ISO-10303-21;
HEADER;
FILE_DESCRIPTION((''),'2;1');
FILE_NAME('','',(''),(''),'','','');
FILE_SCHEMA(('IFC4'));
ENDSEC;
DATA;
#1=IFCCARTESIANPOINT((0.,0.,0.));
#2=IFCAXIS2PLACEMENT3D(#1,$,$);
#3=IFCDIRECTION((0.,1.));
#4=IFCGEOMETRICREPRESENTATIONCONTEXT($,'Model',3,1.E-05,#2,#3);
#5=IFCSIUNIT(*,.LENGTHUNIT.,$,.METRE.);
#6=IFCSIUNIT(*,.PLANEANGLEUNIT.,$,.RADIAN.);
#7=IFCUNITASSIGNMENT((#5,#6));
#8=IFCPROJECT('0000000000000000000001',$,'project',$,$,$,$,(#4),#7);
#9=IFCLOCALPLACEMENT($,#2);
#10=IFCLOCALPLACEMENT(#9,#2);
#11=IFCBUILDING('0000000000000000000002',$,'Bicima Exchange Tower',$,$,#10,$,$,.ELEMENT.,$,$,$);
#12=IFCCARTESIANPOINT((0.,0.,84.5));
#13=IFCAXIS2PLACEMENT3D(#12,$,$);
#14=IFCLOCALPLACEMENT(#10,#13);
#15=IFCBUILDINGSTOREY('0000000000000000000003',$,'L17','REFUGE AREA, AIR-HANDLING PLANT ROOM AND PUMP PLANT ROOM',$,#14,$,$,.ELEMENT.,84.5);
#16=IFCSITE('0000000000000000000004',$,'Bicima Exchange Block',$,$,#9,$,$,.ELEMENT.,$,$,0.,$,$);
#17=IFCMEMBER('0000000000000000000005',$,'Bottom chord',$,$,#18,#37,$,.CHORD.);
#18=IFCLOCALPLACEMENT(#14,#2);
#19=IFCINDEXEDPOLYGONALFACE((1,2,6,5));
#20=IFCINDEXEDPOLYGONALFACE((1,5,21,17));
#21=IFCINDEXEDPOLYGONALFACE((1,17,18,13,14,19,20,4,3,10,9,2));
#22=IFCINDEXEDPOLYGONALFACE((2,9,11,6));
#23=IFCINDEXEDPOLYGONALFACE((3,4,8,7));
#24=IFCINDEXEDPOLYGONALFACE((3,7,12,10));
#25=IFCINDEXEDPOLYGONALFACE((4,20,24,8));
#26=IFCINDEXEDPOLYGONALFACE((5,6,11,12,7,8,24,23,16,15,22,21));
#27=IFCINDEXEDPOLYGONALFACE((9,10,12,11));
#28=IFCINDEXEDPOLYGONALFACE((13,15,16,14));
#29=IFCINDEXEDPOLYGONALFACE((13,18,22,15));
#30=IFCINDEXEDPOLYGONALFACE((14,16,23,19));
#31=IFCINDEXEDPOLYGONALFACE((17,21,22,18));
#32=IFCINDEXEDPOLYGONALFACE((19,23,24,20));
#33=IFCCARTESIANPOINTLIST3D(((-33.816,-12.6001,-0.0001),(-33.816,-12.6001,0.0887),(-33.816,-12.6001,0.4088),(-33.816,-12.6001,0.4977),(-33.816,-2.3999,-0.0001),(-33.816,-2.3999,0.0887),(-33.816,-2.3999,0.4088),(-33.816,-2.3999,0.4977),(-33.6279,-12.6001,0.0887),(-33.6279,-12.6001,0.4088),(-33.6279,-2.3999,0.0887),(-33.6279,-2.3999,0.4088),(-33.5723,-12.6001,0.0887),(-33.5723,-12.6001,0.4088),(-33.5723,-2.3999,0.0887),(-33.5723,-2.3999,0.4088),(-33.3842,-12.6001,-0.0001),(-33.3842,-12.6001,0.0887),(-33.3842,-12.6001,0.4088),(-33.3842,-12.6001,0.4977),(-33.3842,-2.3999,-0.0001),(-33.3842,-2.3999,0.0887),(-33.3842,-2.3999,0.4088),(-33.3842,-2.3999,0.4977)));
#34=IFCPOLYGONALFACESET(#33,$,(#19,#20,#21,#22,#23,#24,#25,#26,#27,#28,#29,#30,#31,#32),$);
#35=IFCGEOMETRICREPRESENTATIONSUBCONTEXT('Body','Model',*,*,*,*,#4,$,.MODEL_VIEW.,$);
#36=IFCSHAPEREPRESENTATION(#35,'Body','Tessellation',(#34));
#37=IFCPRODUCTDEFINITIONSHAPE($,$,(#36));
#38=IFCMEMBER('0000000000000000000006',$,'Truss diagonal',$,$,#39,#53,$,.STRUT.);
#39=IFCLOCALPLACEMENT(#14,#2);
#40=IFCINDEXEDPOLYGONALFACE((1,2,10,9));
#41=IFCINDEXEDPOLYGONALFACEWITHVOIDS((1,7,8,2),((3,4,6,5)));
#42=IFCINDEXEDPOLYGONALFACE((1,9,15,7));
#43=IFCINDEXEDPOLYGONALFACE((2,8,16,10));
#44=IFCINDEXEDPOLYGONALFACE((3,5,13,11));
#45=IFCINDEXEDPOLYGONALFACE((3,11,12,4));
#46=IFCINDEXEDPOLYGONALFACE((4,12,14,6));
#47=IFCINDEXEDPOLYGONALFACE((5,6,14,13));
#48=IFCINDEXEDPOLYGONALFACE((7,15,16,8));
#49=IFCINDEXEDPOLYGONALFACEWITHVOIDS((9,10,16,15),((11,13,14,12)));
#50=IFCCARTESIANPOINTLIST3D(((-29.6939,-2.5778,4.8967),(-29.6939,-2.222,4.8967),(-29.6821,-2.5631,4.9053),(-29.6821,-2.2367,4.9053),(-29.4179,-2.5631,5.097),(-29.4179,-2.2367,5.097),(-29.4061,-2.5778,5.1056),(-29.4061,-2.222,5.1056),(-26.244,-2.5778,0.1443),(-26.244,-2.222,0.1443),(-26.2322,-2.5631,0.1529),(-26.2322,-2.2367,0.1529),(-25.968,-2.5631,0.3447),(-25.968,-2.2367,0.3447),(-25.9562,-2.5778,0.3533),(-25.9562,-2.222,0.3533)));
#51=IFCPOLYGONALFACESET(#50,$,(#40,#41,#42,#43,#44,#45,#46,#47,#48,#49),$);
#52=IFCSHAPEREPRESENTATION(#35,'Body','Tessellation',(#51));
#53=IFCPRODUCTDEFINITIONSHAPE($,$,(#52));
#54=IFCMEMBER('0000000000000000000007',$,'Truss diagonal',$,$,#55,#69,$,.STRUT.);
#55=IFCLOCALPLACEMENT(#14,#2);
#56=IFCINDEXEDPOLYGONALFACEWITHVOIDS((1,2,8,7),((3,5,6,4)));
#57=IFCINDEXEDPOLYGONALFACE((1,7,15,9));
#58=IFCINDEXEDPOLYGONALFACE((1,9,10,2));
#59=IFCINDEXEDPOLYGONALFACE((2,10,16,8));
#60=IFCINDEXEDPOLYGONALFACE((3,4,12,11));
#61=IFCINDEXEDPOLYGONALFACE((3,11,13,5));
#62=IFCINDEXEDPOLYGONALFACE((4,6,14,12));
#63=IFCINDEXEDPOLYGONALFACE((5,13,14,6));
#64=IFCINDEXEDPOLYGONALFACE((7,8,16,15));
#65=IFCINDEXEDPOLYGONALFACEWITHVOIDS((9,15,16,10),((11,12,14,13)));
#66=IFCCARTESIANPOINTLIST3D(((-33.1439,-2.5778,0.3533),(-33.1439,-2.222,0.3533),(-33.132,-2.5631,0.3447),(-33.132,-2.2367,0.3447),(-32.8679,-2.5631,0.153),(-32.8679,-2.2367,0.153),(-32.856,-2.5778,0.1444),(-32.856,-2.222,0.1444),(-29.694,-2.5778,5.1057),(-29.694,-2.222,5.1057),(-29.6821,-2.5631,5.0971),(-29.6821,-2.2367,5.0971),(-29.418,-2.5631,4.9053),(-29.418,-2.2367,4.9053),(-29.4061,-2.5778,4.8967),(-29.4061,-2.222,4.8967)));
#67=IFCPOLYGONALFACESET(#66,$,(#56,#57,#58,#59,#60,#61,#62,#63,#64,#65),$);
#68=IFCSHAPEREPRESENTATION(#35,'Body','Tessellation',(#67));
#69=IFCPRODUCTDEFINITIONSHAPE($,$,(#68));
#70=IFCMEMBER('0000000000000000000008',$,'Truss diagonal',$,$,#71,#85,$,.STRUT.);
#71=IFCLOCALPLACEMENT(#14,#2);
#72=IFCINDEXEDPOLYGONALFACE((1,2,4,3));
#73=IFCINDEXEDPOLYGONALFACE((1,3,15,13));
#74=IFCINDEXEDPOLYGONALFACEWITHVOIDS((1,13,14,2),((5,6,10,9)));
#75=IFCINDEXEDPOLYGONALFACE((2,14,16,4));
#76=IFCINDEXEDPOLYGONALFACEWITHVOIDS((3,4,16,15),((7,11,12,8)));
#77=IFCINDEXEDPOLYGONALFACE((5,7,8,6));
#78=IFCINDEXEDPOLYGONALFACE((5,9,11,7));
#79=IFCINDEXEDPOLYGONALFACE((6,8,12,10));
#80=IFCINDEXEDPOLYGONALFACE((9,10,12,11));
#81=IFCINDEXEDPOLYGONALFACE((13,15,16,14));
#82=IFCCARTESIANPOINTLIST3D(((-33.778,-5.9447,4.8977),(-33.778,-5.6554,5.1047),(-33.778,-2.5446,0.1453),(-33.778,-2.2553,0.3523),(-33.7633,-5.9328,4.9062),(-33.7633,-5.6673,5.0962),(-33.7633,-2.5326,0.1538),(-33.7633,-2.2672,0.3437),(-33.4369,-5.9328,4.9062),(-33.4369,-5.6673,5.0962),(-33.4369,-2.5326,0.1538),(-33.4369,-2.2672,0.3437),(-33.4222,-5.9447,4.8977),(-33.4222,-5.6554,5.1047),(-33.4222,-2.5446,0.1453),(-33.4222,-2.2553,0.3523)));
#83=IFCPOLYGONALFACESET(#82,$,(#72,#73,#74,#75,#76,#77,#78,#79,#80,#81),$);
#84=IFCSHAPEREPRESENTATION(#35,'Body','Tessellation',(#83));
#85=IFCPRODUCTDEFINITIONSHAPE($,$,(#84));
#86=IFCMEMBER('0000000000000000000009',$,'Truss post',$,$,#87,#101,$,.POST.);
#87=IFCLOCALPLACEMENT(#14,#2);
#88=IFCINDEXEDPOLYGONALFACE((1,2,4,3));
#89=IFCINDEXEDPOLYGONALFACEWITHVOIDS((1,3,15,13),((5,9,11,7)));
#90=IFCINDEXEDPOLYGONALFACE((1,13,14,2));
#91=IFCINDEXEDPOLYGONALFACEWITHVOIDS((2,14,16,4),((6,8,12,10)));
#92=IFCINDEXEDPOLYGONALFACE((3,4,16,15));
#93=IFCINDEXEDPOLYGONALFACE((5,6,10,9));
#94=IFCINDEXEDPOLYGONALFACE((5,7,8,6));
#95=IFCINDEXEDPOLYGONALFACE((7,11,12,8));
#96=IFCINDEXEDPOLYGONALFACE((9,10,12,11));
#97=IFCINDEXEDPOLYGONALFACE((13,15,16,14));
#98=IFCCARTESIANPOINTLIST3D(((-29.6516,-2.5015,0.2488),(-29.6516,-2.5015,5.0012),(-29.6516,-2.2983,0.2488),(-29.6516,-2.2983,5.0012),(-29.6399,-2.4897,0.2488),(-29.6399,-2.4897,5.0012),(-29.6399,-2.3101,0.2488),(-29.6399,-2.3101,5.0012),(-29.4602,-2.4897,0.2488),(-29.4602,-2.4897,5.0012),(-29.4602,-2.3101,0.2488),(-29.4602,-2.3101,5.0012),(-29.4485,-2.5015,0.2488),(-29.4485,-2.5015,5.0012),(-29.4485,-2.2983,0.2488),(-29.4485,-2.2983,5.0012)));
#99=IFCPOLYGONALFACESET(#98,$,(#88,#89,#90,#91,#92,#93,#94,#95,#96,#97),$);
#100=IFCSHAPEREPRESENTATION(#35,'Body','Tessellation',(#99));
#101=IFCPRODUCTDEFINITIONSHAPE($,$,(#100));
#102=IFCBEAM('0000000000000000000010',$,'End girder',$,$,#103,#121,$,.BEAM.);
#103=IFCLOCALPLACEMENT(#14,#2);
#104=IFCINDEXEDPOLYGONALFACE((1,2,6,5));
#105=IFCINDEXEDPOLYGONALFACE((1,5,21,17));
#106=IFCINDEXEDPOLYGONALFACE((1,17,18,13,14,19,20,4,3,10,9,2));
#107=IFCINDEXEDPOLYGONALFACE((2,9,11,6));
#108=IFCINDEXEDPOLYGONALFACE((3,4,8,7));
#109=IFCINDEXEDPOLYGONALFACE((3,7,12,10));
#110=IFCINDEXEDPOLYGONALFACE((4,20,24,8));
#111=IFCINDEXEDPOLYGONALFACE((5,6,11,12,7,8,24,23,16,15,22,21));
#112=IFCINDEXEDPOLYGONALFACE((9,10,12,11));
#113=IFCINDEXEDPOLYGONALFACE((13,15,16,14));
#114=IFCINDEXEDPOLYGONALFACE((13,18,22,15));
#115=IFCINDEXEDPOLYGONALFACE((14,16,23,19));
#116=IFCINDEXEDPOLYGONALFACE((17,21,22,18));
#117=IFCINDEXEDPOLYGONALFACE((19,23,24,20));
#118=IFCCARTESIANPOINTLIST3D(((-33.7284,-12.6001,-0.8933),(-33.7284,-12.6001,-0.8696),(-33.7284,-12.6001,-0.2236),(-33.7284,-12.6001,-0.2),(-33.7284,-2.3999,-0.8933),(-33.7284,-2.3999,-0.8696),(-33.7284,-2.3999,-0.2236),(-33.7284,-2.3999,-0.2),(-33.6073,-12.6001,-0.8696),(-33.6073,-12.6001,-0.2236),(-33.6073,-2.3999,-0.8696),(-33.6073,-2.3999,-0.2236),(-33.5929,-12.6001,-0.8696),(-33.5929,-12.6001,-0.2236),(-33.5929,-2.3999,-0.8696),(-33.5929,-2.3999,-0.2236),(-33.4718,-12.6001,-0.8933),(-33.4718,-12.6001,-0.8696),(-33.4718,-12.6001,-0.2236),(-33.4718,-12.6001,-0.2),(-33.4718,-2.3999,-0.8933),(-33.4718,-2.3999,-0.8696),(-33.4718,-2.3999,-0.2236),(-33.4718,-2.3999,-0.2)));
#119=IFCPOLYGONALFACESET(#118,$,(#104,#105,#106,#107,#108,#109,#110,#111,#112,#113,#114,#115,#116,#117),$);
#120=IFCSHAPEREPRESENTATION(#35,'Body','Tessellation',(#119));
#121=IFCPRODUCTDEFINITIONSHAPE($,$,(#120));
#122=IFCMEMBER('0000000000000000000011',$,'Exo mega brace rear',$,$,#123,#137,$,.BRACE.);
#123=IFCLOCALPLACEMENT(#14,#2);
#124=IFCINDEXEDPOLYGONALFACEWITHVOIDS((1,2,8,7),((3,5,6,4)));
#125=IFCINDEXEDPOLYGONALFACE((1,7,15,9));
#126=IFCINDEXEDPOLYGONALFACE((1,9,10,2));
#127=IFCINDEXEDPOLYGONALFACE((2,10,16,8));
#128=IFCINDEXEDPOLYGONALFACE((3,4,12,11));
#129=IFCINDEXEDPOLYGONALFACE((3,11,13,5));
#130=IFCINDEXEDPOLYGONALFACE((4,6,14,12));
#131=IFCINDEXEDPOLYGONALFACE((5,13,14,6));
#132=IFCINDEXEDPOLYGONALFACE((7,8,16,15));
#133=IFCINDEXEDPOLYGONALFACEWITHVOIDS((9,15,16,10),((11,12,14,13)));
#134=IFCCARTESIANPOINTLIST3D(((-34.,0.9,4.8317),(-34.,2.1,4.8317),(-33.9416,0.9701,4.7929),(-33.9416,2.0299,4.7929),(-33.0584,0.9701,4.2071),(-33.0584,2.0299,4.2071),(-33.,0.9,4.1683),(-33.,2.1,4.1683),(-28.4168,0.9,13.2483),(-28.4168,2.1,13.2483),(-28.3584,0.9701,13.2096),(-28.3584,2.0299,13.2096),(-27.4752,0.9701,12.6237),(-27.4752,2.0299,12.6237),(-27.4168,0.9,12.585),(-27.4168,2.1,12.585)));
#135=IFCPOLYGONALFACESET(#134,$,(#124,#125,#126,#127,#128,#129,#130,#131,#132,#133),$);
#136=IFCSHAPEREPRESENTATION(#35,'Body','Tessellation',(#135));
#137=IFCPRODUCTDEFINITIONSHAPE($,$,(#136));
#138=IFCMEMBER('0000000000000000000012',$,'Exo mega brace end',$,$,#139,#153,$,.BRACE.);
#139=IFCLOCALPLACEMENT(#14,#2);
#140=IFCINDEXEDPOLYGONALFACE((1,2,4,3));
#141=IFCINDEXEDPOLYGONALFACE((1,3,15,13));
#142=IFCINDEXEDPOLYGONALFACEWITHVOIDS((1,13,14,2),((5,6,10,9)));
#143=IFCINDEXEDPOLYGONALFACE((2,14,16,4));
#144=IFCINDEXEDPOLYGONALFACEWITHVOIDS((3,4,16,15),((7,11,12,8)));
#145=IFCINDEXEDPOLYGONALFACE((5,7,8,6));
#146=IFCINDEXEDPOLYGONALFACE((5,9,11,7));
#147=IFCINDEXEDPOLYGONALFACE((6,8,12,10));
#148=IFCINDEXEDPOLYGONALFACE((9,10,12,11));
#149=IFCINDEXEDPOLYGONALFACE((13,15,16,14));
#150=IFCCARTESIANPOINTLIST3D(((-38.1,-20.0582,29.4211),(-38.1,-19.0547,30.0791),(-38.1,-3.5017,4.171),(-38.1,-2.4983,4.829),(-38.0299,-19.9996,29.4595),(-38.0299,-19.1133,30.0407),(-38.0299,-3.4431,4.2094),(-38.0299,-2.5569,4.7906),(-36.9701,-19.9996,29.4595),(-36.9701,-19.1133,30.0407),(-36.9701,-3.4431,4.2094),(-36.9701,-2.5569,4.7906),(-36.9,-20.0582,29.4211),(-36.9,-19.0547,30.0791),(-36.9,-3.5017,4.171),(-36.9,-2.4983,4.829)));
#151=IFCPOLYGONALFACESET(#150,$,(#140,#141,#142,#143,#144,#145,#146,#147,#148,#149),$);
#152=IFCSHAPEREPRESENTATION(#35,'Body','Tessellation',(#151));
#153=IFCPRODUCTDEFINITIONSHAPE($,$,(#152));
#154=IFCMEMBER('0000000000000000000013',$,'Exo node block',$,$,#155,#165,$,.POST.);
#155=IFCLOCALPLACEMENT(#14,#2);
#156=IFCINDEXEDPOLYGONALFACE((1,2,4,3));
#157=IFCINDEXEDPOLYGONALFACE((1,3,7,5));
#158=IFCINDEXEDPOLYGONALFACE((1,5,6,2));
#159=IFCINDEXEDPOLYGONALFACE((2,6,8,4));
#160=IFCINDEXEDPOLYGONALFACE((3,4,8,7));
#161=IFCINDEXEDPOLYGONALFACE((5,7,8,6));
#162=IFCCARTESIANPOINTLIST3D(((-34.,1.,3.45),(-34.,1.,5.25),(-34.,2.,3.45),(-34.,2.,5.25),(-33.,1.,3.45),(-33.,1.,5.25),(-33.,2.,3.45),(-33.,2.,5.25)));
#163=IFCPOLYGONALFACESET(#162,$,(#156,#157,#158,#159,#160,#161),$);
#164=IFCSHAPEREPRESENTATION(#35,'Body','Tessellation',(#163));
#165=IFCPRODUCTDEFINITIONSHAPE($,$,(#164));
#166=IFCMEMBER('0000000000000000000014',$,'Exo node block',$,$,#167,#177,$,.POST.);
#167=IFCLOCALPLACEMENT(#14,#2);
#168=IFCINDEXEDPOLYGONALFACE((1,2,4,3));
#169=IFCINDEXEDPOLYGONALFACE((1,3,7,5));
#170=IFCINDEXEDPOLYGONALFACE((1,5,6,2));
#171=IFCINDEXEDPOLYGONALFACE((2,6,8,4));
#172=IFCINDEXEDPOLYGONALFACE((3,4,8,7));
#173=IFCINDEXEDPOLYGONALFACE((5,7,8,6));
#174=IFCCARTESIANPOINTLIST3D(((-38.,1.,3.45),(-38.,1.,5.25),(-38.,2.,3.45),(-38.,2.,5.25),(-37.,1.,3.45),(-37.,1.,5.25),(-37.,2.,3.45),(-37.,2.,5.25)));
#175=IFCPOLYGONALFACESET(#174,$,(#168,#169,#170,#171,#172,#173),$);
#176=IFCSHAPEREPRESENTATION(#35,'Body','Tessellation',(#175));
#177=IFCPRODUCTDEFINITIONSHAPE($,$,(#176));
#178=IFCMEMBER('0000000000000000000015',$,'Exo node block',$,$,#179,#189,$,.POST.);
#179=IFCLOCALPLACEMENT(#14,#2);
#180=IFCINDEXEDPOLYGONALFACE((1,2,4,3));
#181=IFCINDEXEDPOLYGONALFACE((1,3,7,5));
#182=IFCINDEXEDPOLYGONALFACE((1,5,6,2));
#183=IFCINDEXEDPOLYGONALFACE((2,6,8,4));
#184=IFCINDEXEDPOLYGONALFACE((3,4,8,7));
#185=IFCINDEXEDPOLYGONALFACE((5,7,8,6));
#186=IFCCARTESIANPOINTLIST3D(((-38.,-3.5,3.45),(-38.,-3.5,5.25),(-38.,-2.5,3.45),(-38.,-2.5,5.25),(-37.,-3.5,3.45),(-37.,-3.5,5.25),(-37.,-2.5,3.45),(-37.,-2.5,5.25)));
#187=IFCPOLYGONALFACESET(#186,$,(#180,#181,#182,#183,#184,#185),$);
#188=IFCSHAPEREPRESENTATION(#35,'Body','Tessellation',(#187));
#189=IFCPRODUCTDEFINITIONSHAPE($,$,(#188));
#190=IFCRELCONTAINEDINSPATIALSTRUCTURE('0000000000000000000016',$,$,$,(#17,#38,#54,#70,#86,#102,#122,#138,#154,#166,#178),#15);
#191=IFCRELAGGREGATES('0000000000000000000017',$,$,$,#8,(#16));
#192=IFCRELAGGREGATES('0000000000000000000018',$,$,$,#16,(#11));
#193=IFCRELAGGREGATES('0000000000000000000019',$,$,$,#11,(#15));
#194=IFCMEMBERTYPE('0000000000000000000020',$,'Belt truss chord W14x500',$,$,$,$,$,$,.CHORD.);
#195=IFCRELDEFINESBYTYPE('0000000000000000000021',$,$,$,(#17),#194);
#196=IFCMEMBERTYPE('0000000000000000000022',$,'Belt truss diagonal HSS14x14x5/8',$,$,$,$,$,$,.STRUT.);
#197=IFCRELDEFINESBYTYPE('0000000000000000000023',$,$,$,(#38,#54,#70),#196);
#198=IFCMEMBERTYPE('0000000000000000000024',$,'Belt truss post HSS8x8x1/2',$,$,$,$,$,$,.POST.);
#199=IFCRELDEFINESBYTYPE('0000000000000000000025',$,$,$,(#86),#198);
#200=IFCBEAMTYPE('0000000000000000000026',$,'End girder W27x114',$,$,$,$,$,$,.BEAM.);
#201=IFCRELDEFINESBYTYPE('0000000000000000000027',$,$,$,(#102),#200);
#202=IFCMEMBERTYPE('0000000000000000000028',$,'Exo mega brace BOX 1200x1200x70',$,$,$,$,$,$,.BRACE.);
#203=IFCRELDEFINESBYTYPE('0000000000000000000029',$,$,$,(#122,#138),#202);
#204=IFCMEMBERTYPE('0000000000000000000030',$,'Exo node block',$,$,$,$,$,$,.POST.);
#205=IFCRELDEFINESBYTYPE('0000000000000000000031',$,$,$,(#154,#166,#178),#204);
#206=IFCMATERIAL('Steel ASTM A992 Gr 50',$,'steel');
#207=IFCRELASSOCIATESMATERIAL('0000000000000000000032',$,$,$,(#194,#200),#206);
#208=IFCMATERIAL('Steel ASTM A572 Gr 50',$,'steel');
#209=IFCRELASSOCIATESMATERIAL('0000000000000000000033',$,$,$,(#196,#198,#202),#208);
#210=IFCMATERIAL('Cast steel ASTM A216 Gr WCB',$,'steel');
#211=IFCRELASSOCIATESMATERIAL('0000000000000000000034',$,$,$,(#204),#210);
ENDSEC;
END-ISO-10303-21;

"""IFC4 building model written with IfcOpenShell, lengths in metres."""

from ifc_helpers import new_model, si_unit, direction, frame, origin, origin_2d, place, context, subcontext, project, spatial, rectangle, hollow_rectangle, i_section, extrude, material, material_profile, profile_set, type_object, element, save


model = new_model("IFC4")

# Units and contexts
model_context = context("Model", 3, precision=1e-05, world=origin(), true_north=direction((0.0, 1.0)))
body_context = subcontext(model_context, "Body", "Model", "MODEL_VIEW")
ifc_project = project(units=[si_unit("LENGTHUNIT", "METRE"), si_unit("PLANEANGLEUNIT", "RADIAN")], contexts=[model_context])

# Site, building, storey
site_placement = place(None, origin())
site = spatial("IfcSite", under=ifc_project, at=site_placement, Name="Bicima Exchange Block", CompositionType="ELEMENT", RefElevation=0.0)
building_placement = place(site_placement, origin())
building = spatial("IfcBuilding", under=site, at=building_placement, Name="Bicima Exchange Tower", CompositionType="ELEMENT")
storey_placement = place(building_placement, frame((0.0, 0.0, 84.5)))
storey = spatial("IfcBuildingStorey", under=building, at=storey_placement, Name="L17", Description="REFUGE AREA, AIR-HANDLING PLANT ROOM AND PUMP PLANT ROOM", CompositionType="ELEMENT", Elevation=84.5)

# Shared definitions
ifc_material_1 = material(Name="Steel ASTM A572 Gr 50", Category="steel")
ifc_material_2 = material(Name="Steel ASTM A992 Gr 50", Category="steel")

# Members
ifc_material_profile_1 = material_profile(ifc_material_2, i_section(OverallWidth=0.4319, OverallDepth=0.4978, WebThickness=0.0557, FlangeThickness=0.0889, at=origin_2d()))
ifc_profile_set_1 = profile_set([ifc_material_profile_1], Name="Steel ASTM A992 Gr 50")
member_type_1 = type_object("IfcMemberType", Name="Belt truss chord W14x500", PredefinedType="CHORD", material=ifc_profile_set_1)
for number, where, z_axis, x_axis, name in (
    (1, (-33.6001, -2.3999, 0.2488), (0.0, -1.0, 0.0), (1.0, 0.0, 0.0), "Bottom chord"),
):
    element("IfcMember", number, at=place(storey_placement, frame(where, z_axis=z_axis, x_axis=x_axis)), inside=storey, type_object=member_type_1, Name=name, PredefinedType="CHORD", context=body_context, shape_type="SweptSolid", body=[
        extrude(i_section(OverallWidth=0.4319, OverallDepth=0.4978, WebThickness=0.0557, FlangeThickness=0.0889, at=origin_2d()), origin(), (0.0, 0.0, 1.0), 10.2002),
    ])
ifc_material_profile_2 = material_profile(ifc_material_1, hollow_rectangle(XDim=0.3557, YDim=0.3557, WallThickness=0.0146, at=origin_2d()))
ifc_profile_set_2 = profile_set([ifc_material_profile_2], Name="Steel ASTM A572 Gr 50")
member_type_2 = type_object("IfcMemberType", Name="Belt truss diagonal HSS14x14x5/8", PredefinedType="STRUT", material=ifc_profile_set_2)
for number, where, z_axis, x_axis, name in (
    (2, (-26.1001, -2.3999, 0.2488), (-0.587462, 0.0, 0.809252), (0.0, -1.0, 0.0), "Truss diagonal"),
    (3, (-29.55, -2.3999, 5.0012), (-0.587462, 0.0, -0.809252), (0.0, -1.0, 0.0), "Truss diagonal"),
):
    element("IfcMember", number, at=place(storey_placement, frame(where, z_axis=z_axis, x_axis=x_axis)), inside=storey, type_object=member_type_2, Name=name, PredefinedType="STRUT", context=body_context, shape_type="SweptSolid", body=[
        extrude(hollow_rectangle(XDim=0.3557, YDim=0.3557, WallThickness=0.0146, at=origin_2d()), origin(), (0.0, 0.0, 1.0), 5.8726),
    ])
member_1_placement = place(storey_placement, frame((-33.6001, -2.3999, 0.2488), z_axis=(0.0, -0.581866, 0.813284), x_axis=(1.0, 0.0, 0.0)))
element("IfcMember", 4, at=member_1_placement, inside=storey, type_object=member_type_2, Name="Truss diagonal", PredefinedType="STRUT", context=body_context, shape_type="SweptSolid", body=[
    extrude(hollow_rectangle(XDim=0.3557, YDim=0.3557, WallThickness=0.0146, at=origin_2d()), origin(), (0.0, 0.0, 1.0), 5.8435),
])
ifc_material_profile_3 = material_profile(ifc_material_1, hollow_rectangle(XDim=0.2031, YDim=0.2031, WallThickness=0.0117, at=origin_2d()))
ifc_profile_set_3 = profile_set([ifc_material_profile_3], Name="Steel ASTM A572 Gr 50")
member_type_3 = type_object("IfcMemberType", Name="Belt truss post HSS8x8x1/2", PredefinedType="POST", material=ifc_profile_set_3)
member_2_placement = place(storey_placement, frame((-29.55, -2.3999, 0.2488), z_axis=(0.0, 0.0, 1.0), x_axis=(1.0, 0.0, 0.0)))
element("IfcMember", 5, at=member_2_placement, inside=storey, type_object=member_type_3, Name="Truss post", PredefinedType="POST", context=body_context, shape_type="SweptSolid", body=[
    extrude(hollow_rectangle(XDim=0.2031, YDim=0.2031, WallThickness=0.0117, at=origin_2d()), origin(), (0.0, 0.0, 1.0), 4.7524),
])

# Beam
ifc_material_profile_4 = material_profile(ifc_material_2, i_section(OverallWidth=0.2566, OverallDepth=0.6934, WebThickness=0.0144, FlangeThickness=0.0237, at=origin_2d()))
ifc_profile_set_4 = profile_set([ifc_material_profile_4], Name="Steel ASTM A992 Gr 50")
beam_type_1 = type_object("IfcBeamType", Name="End girder W27x114", PredefinedType="BEAM", material=ifc_profile_set_4)
beam_1_placement = place(storey_placement, frame((-33.6001, -2.3999, -0.5466), z_axis=(0.0, -1.0, 0.0), x_axis=(1.0, 0.0, 0.0)))
element("IfcBeam", 6, at=beam_1_placement, inside=storey, type_object=beam_type_1, Name="End girder", PredefinedType="BEAM", context=body_context, shape_type="SweptSolid", body=[
    extrude(i_section(OverallWidth=0.2566, OverallDepth=0.6934, WebThickness=0.0144, FlangeThickness=0.0237, at=origin_2d()), origin(), (0.0, 0.0, 1.0), 10.2002),
])

# Members
ifc_material_profile_5 = material_profile(ifc_material_1, hollow_rectangle(XDim=1.2, YDim=1.2, WallThickness=0.0701, at=origin_2d()))
ifc_profile_set_5 = profile_set([ifc_material_profile_5], Name="Steel ASTM A572 Gr 50")
member_type_4 = type_object("IfcMemberType", Name="Exo mega brace BOX 1200x1200x70", PredefinedType="BRACE", material=ifc_profile_set_5)
member_3_placement = place(storey_placement, frame((-33.5, 1.5, 4.5), z_axis=(0.552785, 0.0, 0.833324), x_axis=(0.0, 1.0, 0.0)))
element("IfcMember", 7, at=member_3_placement, inside=storey, type_object=member_type_4, Name="Exo mega brace rear", PredefinedType="BRACE", context=body_context, shape_type="SweptSolid", body=[
    extrude(hollow_rectangle(XDim=1.2, YDim=1.2, WallThickness=0.0701, at=origin_2d()), origin(), (0.0, 0.0, 1.0), 10.1001),
])
member_4_placement = place(storey_placement, frame((-37.5, -3.0, 4.5), z_axis=(0.0, -0.548334, 0.836259), x_axis=(1.0, 0.0, 0.0)))
element("IfcMember", 8, at=member_4_placement, inside=storey, type_object=member_type_4, Name="Exo mega brace end", PredefinedType="BRACE", context=body_context, shape_type="SweptSolid", body=[
    extrude(hollow_rectangle(XDim=1.2, YDim=1.2, WallThickness=0.0701, at=origin_2d()), origin(), (0.0, 0.0, 1.0), 30.1941),
])
ifc_material_3 = material(Name="Cast steel ASTM A216 Gr WCB", Category="steel")
ifc_material_profile_6 = material_profile(ifc_material_3, rectangle(XDim=1.0, YDim=1.0, at=origin_2d()))
ifc_profile_set_6 = profile_set([ifc_material_profile_6], Name="Cast steel ASTM A216 Gr WCB")
member_type_5 = type_object("IfcMemberType", Name="Exo node block", PredefinedType="POST", material=ifc_profile_set_6)
for number, where, z_axis, x_axis, name in (
    (9, (-33.5, 1.5, 3.45), (0.0, 0.0, 1.0), (1.0, 0.0, 0.0), "Exo node block"),
    (10, (-37.5, 1.5, 3.45), (0.0, 0.0, 1.0), (1.0, 0.0, 0.0), "Exo node block"),
    (11, (-37.5, -3.0, 3.45), (0.0, 0.0, 1.0), (1.0, 0.0, 0.0), "Exo node block"),
):
    element("IfcMember", number, at=place(storey_placement, frame(where, z_axis=z_axis, x_axis=x_axis)), inside=storey, type_object=member_type_5, Name=name, PredefinedType="POST", context=body_context, shape_type="SweptSolid", body=[
        extrude(rectangle(XDim=1.0, YDim=1.0, at=origin_2d()), origin(), (0.0, 0.0, 1.0), 1.8),
    ])

save(model, "model.ifc")
